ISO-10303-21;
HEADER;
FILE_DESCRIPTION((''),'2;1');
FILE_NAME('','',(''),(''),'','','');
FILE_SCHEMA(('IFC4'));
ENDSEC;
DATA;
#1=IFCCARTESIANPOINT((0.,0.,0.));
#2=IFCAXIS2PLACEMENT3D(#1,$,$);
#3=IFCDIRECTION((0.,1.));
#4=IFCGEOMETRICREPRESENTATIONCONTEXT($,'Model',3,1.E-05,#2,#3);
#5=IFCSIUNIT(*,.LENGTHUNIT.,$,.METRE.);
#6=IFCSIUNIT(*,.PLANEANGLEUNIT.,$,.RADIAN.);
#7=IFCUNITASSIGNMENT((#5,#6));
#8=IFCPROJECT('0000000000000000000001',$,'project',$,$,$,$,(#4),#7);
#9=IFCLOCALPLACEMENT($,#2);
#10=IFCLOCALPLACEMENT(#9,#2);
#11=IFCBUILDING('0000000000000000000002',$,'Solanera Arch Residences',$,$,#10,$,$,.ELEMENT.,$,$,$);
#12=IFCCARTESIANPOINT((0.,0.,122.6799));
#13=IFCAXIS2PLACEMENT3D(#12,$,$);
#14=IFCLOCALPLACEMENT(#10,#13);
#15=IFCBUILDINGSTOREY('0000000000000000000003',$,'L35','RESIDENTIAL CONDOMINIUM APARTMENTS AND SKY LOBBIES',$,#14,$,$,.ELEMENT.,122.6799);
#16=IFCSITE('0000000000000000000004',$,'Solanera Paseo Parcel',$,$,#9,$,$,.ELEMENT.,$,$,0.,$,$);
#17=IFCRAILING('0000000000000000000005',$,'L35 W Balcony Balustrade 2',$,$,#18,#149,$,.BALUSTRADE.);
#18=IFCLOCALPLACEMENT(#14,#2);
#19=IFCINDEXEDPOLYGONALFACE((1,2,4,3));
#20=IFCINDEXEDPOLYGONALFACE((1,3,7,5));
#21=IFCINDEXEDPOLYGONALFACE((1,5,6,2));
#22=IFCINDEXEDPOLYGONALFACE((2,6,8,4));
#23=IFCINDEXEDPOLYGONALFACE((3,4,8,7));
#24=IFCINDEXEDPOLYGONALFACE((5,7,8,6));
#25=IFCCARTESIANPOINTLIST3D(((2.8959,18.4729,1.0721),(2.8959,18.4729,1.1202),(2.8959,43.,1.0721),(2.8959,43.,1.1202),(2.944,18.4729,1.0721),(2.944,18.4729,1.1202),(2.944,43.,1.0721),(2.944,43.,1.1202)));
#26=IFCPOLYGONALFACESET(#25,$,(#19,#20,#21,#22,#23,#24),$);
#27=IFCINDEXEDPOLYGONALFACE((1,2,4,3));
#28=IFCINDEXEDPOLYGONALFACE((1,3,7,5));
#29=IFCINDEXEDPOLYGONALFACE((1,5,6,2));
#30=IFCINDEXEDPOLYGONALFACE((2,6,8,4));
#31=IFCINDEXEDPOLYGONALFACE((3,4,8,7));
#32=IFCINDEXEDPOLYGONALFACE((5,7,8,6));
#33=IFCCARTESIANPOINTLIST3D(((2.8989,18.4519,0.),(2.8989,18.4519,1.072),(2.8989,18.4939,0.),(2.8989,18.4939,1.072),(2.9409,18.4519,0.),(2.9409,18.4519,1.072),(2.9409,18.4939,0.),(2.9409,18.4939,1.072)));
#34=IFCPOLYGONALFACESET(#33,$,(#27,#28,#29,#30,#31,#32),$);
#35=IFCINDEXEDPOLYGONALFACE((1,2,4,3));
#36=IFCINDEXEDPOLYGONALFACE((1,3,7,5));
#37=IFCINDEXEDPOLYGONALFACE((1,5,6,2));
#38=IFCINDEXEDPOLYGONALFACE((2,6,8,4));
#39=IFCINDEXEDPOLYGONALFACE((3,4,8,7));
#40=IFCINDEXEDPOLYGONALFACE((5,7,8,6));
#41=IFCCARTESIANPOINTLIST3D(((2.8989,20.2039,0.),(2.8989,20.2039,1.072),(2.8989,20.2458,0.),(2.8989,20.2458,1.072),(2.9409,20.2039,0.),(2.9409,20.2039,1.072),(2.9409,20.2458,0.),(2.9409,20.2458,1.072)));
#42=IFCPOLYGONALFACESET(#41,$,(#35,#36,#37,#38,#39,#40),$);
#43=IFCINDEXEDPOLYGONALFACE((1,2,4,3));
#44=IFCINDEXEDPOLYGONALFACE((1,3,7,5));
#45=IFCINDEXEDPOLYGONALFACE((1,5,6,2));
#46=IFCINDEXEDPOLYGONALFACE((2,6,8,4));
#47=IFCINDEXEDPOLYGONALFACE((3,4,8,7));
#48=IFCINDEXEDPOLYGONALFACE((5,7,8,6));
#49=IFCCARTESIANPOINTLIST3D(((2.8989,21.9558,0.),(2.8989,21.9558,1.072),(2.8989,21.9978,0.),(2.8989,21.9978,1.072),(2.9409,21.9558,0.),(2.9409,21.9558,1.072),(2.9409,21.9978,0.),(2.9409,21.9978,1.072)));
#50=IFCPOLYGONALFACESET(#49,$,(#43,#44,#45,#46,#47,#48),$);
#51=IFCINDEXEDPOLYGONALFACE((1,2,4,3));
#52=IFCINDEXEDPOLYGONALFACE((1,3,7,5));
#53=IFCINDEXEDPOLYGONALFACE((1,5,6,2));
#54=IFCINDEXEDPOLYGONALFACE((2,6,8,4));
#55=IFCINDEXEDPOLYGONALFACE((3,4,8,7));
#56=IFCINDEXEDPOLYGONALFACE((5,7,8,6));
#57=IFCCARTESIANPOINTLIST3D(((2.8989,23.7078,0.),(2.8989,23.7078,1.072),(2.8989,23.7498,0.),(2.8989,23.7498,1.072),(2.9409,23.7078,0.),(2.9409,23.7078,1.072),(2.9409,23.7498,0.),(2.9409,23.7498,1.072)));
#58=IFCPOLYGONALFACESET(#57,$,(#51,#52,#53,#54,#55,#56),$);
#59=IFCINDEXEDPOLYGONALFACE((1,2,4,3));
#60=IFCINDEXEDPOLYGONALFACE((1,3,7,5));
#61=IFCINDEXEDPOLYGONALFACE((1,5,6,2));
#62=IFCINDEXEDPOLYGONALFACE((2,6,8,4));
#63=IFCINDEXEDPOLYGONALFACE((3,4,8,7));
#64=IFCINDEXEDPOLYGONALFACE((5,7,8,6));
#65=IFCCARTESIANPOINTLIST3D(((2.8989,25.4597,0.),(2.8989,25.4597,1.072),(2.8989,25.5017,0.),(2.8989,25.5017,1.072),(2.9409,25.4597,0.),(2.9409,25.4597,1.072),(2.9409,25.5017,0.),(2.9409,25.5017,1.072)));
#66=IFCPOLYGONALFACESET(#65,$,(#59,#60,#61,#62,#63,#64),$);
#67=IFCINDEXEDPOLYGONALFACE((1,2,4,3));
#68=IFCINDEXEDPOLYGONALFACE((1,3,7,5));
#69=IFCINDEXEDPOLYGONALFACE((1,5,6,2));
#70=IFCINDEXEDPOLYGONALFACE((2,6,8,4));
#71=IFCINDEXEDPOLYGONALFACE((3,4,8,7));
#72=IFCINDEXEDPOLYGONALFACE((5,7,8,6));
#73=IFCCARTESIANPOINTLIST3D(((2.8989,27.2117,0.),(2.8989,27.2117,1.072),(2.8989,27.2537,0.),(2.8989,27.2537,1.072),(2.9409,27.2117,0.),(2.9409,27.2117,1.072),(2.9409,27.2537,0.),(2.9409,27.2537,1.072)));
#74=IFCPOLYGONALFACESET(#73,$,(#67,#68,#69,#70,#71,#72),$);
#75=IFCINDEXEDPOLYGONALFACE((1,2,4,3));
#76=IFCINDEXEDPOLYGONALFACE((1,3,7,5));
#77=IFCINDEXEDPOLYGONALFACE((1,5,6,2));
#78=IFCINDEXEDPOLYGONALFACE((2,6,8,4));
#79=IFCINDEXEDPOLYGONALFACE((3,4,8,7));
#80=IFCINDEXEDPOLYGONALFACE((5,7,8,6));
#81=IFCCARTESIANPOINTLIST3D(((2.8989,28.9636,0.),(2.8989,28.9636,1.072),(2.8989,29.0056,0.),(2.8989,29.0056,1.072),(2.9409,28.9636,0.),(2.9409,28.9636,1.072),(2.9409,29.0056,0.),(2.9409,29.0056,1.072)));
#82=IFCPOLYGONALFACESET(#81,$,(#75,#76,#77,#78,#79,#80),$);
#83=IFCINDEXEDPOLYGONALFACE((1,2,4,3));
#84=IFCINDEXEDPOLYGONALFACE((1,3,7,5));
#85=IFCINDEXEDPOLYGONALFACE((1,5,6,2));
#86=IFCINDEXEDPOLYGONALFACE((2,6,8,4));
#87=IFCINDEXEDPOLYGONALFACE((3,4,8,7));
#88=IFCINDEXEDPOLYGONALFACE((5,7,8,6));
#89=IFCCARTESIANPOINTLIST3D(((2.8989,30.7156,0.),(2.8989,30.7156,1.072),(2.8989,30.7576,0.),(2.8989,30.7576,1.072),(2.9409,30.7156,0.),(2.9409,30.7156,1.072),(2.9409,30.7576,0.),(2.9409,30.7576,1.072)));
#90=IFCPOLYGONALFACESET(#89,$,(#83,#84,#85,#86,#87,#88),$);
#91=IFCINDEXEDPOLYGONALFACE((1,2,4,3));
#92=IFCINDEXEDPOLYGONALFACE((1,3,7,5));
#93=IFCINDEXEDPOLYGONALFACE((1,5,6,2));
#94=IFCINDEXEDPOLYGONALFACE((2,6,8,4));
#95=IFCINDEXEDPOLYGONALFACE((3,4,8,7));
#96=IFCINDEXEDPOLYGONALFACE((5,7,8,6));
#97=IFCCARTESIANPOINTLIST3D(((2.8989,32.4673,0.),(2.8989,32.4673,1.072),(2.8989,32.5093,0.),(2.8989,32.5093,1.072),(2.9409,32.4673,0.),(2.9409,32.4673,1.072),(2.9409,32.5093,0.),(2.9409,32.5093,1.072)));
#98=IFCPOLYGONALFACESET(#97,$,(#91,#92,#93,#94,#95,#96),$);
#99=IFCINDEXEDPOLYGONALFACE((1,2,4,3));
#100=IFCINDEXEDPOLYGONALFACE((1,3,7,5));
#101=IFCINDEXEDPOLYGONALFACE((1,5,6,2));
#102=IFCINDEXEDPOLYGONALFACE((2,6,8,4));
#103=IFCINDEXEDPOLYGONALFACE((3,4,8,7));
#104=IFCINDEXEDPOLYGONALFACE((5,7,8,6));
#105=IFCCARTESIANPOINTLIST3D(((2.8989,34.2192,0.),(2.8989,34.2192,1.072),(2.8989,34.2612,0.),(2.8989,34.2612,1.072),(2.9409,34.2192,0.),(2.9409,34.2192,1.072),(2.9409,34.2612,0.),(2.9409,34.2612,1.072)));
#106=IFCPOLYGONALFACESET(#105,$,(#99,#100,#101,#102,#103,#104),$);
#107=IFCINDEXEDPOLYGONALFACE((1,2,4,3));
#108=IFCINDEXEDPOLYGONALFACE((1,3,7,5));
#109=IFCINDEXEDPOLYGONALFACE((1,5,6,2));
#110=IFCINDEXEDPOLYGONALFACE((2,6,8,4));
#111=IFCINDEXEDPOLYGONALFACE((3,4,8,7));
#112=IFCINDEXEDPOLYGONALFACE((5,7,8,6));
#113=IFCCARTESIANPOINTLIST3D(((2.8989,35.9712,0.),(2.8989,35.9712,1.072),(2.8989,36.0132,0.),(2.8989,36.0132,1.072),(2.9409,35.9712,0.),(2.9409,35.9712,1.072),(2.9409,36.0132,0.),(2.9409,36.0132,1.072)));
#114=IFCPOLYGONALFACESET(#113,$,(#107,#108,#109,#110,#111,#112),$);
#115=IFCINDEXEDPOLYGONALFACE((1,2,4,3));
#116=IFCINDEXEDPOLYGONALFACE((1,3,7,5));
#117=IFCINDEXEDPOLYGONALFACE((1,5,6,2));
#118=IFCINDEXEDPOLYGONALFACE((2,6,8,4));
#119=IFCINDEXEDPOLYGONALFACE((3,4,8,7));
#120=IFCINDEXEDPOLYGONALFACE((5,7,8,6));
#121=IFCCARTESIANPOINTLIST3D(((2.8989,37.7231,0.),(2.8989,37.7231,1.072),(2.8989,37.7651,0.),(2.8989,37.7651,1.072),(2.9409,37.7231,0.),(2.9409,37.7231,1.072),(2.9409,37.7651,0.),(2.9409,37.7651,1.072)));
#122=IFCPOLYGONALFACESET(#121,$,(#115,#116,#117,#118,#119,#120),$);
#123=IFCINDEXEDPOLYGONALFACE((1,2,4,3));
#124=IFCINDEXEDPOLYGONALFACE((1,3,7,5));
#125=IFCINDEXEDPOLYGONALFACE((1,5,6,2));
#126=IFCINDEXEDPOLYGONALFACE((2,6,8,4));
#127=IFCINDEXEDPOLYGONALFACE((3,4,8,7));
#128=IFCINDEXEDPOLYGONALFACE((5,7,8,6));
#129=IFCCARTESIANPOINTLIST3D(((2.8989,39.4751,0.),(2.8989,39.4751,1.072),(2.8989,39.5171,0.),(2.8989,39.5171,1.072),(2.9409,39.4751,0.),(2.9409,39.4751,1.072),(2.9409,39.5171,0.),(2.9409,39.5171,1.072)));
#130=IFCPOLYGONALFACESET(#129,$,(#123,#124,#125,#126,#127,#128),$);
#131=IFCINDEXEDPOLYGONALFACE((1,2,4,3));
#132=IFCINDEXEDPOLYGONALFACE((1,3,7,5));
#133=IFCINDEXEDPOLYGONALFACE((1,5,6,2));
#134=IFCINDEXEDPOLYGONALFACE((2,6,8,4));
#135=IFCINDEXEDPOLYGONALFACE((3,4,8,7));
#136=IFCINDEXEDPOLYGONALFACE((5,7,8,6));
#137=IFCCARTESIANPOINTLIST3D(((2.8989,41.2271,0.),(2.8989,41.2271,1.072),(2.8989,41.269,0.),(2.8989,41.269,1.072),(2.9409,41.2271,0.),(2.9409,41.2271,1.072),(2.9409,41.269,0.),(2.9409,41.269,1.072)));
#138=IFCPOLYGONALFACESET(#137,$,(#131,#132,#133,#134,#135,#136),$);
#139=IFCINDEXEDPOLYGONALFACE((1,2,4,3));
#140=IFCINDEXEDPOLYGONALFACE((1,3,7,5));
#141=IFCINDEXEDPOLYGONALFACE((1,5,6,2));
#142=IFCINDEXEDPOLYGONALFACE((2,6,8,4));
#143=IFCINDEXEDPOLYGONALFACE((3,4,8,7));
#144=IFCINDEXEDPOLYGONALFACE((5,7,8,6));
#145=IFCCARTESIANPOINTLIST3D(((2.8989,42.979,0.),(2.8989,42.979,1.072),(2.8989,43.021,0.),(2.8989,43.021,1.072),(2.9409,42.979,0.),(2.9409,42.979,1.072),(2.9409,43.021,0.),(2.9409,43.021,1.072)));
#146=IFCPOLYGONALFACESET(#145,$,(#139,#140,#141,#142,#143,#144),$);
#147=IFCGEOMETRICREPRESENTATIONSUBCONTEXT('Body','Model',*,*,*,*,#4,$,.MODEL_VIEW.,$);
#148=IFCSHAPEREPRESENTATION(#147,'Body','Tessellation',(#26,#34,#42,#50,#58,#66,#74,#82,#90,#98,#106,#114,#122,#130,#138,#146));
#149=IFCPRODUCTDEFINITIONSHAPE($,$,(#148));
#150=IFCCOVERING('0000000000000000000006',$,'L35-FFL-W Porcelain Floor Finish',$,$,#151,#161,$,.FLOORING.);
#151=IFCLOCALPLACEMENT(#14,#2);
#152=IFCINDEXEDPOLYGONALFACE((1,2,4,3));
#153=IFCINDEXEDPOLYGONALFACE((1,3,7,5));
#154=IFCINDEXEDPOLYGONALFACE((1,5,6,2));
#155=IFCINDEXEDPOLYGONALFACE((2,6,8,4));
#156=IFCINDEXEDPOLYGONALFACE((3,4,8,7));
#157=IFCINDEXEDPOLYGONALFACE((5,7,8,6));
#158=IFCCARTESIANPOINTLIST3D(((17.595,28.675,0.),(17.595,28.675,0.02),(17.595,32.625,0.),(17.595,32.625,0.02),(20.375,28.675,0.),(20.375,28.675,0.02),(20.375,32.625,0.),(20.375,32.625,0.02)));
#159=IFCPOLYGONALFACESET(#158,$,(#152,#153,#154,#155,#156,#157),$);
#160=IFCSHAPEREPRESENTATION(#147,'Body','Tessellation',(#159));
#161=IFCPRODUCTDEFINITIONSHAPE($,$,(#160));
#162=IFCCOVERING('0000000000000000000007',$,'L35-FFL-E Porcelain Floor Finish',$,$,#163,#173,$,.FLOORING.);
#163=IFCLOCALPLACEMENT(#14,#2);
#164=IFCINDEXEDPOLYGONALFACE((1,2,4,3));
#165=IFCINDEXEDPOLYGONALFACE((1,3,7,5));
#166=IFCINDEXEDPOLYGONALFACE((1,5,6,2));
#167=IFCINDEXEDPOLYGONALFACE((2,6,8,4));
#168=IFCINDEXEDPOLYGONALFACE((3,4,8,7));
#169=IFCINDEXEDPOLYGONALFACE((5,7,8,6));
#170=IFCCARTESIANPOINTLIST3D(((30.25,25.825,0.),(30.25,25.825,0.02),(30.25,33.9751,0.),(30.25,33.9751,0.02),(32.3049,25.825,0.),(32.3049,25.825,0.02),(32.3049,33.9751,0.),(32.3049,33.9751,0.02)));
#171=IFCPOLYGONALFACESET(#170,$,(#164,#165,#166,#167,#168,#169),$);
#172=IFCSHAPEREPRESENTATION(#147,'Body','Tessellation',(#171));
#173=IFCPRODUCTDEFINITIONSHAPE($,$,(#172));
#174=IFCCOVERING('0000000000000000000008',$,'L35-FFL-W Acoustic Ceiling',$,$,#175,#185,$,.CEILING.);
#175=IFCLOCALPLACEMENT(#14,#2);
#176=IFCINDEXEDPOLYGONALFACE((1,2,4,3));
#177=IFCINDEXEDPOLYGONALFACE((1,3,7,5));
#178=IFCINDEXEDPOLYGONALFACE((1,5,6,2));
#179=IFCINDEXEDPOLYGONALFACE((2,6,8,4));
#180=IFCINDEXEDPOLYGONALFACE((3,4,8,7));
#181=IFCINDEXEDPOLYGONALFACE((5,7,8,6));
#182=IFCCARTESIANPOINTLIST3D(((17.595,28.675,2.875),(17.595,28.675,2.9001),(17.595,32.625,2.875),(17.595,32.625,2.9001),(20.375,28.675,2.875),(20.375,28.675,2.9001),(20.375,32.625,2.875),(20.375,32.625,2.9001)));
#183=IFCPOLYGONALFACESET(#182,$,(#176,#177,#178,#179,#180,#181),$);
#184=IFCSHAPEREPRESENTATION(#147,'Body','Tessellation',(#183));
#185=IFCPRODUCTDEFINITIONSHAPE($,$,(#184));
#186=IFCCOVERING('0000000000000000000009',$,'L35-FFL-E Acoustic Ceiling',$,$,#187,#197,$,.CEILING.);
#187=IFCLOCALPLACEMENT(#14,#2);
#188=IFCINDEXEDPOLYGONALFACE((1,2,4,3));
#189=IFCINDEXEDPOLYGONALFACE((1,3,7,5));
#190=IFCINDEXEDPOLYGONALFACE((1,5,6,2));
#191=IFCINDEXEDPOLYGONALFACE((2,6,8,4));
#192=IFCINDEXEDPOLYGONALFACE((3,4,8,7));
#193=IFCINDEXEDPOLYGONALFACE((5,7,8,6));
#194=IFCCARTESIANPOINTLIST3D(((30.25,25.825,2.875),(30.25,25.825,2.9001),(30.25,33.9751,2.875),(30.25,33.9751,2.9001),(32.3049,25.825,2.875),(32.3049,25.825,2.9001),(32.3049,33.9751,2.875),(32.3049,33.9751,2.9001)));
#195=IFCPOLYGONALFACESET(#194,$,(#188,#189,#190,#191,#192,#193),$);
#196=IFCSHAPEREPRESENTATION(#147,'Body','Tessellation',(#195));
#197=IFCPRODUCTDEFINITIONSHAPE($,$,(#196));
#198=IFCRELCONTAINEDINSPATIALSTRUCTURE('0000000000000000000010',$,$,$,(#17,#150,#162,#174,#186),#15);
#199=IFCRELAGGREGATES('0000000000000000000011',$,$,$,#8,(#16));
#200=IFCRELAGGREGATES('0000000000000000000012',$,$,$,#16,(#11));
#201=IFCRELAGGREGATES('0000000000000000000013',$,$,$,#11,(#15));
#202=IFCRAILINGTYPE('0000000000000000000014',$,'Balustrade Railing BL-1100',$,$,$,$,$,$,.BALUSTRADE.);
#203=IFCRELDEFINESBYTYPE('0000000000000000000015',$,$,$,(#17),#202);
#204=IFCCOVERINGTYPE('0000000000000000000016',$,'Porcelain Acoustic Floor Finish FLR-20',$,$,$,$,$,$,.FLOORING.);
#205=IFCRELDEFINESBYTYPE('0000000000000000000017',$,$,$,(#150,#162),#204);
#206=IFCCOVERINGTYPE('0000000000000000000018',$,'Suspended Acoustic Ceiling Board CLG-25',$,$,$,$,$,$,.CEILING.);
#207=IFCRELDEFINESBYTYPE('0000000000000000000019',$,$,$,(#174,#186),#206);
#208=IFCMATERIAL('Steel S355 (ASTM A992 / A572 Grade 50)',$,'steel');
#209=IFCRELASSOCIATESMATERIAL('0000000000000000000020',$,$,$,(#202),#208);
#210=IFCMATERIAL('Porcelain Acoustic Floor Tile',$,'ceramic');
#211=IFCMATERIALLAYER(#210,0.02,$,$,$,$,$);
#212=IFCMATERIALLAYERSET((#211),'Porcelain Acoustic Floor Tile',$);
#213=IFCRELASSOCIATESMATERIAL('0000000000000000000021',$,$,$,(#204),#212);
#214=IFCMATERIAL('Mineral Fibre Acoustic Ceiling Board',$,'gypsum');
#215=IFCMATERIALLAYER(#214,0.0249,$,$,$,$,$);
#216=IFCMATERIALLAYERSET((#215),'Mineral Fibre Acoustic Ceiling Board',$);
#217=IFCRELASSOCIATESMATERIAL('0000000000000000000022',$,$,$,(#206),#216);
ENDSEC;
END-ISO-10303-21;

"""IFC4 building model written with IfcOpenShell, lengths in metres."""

from ifc_helpers import new_model, si_unit, direction, frame, origin, origin_2d, place, context, subcontext, project, spatial, polyline, rectangle, outline, extrude, material, layer, layer_set, type_object, element, save


model = new_model("IFC4")

# Units and contexts
model_context = context("Model", 3, precision=1e-05, world=origin(), true_north=direction((0.0, 1.0)))
body_context = subcontext(model_context, "Body", "Model", "MODEL_VIEW")
ifc_project = project(units=[si_unit("LENGTHUNIT", "METRE"), si_unit("PLANEANGLEUNIT", "RADIAN")], contexts=[model_context])

# Site, building, storey
site_placement = place(None, origin())
site = spatial("IfcSite", under=ifc_project, at=site_placement, Name="Solanera Paseo Parcel", CompositionType="ELEMENT", RefElevation=0.0)
building_placement = place(site_placement, origin())
building = spatial("IfcBuilding", under=site, at=building_placement, Name="Solanera Arch Residences", CompositionType="ELEMENT")
storey_placement = place(building_placement, frame((0.0, 0.0, 122.6799)))
storey = spatial("IfcBuildingStorey", under=building, at=storey_placement, Name="L35", Description="RESIDENTIAL CONDOMINIUM APARTMENTS AND SKY LOBBIES", CompositionType="ELEMENT", Elevation=122.6799)

# Railing
ifc_material_1 = material(Name="Steel S355 (ASTM A992 / A572 Grade 50)", Category="steel")
railing_type = type_object("IfcRailingType", Name="Balustrade Railing BL-1100", PredefinedType="BALUSTRADE", material=ifc_material_1)
railing_placement = place(storey_placement, frame((2.9199, 18.4729, 0.0)))
element("IfcRailing", 1, at=railing_placement, inside=storey, type_object=railing_type, Name="L35 W Balcony Balustrade 2", PredefinedType="BALUSTRADE", context=body_context, shape_type="SweptSolid", body=[
    extrude(rectangle(XDim=0.0481, YDim=0.0481, at=origin_2d()), frame((0.0, 0.0, 1.0962), z_axis=(0.0, 1.0, 0.0), x_axis=(-1.0, 0.0, 0.0)), (0.0, 0.0, 1.0), 24.5271),
    extrude(rectangle(XDim=0.042, YDim=0.042, at=origin_2d()), origin(), (0.0, 0.0, 1.0), 1.072),
    extrude(rectangle(XDim=0.042, YDim=0.042, at=origin_2d()), frame((0.0, 1.752, 0.0)), (0.0, 0.0, 1.0), 1.072),
    extrude(rectangle(XDim=0.042, YDim=0.042, at=origin_2d()), frame((0.0, 3.5039, 0.0)), (0.0, 0.0, 1.0), 1.072),
    extrude(rectangle(XDim=0.042, YDim=0.042, at=origin_2d()), frame((0.0, 5.2559, 0.0)), (0.0, 0.0, 1.0), 1.072),
    extrude(rectangle(XDim=0.042, YDim=0.042, at=origin_2d()), frame((0.0, 7.0078, 0.0)), (0.0, 0.0, 1.0), 1.072),
    extrude(rectangle(XDim=0.042, YDim=0.042, at=origin_2d()), frame((0.0, 8.7598, 0.0)), (0.0, 0.0, 1.0), 1.072),
    extrude(rectangle(XDim=0.042, YDim=0.042, at=origin_2d()), frame((0.0, 10.5117, 0.0)), (0.0, 0.0, 1.0), 1.072),
    extrude(rectangle(XDim=0.042, YDim=0.042, at=origin_2d()), frame((0.0, 12.2637, 0.0)), (0.0, 0.0, 1.0), 1.072),
    extrude(rectangle(XDim=0.042, YDim=0.042, at=origin_2d()), frame((0.0, 14.0154, 0.0)), (0.0, 0.0, 1.0), 1.072),
    extrude(rectangle(XDim=0.042, YDim=0.042, at=origin_2d()), frame((0.0, 15.7673, 0.0)), (0.0, 0.0, 1.0), 1.072),
    extrude(rectangle(XDim=0.042, YDim=0.042, at=origin_2d()), frame((0.0, 17.5193, 0.0)), (0.0, 0.0, 1.0), 1.072),
    extrude(rectangle(XDim=0.042, YDim=0.042, at=origin_2d()), frame((0.0, 19.2712, 0.0)), (0.0, 0.0, 1.0), 1.072),
    extrude(rectangle(XDim=0.042, YDim=0.042, at=origin_2d()), frame((0.0, 21.0232, 0.0)), (0.0, 0.0, 1.0), 1.072),
    extrude(rectangle(XDim=0.042, YDim=0.042, at=origin_2d()), frame((0.0, 22.7751, 0.0)), (0.0, 0.0, 1.0), 1.072),
    extrude(rectangle(XDim=0.042, YDim=0.042, at=origin_2d()), frame((0.0, 24.5271, 0.0)), (0.0, 0.0, 1.0), 1.072),
])

# Coverings
ifc_material_2 = material(Name="Porcelain Acoustic Floor Tile", Category="ceramic")
ifc_layer_1 = layer(ifc_material_2, 0.02)
ifc_layer_set_1 = layer_set([ifc_layer_1], Name="Porcelain Acoustic Floor Tile")
covering_type_1 = type_object("IfcCoveringType", Name="Porcelain Acoustic Floor Finish FLR-20", PredefinedType="FLOORING", material=ifc_layer_set_1)
covering_1_placement = place(storey_placement, origin())
element("IfcCovering", 2, at=covering_1_placement, inside=storey, type_object=covering_type_1, Name="L35-FFL-W Porcelain Floor Finish", PredefinedType="FLOORING", context=body_context, shape_type="SweptSolid", body=[
    extrude(outline(polyline([(20.375, 28.675), (17.595, 28.675), (17.595, 32.625), (20.375, 32.625), (20.375, 28.675)])), origin(), (0.0, 0.0, 1.0), 0.02),
])
covering_2_placement = place(storey_placement, origin())
element("IfcCovering", 3, at=covering_2_placement, inside=storey, type_object=covering_type_1, Name="L35-FFL-E Porcelain Floor Finish", PredefinedType="FLOORING", context=body_context, shape_type="SweptSolid", body=[
    extrude(outline(polyline([(32.3049, 25.825), (30.25, 25.825), (30.25, 33.9751), (32.3049, 33.9751), (32.3049, 25.825)])), origin(), (0.0, 0.0, 1.0), 0.02),
])
ifc_material_3 = material(Name="Mineral Fibre Acoustic Ceiling Board", Category="gypsum")
ifc_layer_2 = layer(ifc_material_3, 0.0249)
ifc_layer_set_2 = layer_set([ifc_layer_2], Name="Mineral Fibre Acoustic Ceiling Board")
covering_type_2 = type_object("IfcCoveringType", Name="Suspended Acoustic Ceiling Board CLG-25", PredefinedType="CEILING", material=ifc_layer_set_2)
covering_3_placement = place(storey_placement, frame((0.0, 0.0, 2.875)))
element("IfcCovering", 4, at=covering_3_placement, inside=storey, type_object=covering_type_2, Name="L35-FFL-W Acoustic Ceiling", PredefinedType="CEILING", context=body_context, shape_type="SweptSolid", body=[
    extrude(outline(polyline([(20.375, 28.675), (17.595, 28.675), (17.595, 32.625), (20.375, 32.625), (20.375, 28.675)])), origin(), (0.0, 0.0, 1.0), 0.0251),
])
covering_4_placement = place(storey_placement, frame((0.0, 0.0, 2.875)))
element("IfcCovering", 5, at=covering_4_placement, inside=storey, type_object=covering_type_2, Name="L35-FFL-E Acoustic Ceiling", PredefinedType="CEILING", context=body_context, shape_type="SweptSolid", body=[
    extrude(outline(polyline([(32.3049, 25.825), (30.25, 25.825), (30.25, 33.9751), (32.3049, 33.9751), (32.3049, 25.825)])), origin(), (0.0, 0.0, 1.0), 0.0251),
])

save(model, "model.ifc")
